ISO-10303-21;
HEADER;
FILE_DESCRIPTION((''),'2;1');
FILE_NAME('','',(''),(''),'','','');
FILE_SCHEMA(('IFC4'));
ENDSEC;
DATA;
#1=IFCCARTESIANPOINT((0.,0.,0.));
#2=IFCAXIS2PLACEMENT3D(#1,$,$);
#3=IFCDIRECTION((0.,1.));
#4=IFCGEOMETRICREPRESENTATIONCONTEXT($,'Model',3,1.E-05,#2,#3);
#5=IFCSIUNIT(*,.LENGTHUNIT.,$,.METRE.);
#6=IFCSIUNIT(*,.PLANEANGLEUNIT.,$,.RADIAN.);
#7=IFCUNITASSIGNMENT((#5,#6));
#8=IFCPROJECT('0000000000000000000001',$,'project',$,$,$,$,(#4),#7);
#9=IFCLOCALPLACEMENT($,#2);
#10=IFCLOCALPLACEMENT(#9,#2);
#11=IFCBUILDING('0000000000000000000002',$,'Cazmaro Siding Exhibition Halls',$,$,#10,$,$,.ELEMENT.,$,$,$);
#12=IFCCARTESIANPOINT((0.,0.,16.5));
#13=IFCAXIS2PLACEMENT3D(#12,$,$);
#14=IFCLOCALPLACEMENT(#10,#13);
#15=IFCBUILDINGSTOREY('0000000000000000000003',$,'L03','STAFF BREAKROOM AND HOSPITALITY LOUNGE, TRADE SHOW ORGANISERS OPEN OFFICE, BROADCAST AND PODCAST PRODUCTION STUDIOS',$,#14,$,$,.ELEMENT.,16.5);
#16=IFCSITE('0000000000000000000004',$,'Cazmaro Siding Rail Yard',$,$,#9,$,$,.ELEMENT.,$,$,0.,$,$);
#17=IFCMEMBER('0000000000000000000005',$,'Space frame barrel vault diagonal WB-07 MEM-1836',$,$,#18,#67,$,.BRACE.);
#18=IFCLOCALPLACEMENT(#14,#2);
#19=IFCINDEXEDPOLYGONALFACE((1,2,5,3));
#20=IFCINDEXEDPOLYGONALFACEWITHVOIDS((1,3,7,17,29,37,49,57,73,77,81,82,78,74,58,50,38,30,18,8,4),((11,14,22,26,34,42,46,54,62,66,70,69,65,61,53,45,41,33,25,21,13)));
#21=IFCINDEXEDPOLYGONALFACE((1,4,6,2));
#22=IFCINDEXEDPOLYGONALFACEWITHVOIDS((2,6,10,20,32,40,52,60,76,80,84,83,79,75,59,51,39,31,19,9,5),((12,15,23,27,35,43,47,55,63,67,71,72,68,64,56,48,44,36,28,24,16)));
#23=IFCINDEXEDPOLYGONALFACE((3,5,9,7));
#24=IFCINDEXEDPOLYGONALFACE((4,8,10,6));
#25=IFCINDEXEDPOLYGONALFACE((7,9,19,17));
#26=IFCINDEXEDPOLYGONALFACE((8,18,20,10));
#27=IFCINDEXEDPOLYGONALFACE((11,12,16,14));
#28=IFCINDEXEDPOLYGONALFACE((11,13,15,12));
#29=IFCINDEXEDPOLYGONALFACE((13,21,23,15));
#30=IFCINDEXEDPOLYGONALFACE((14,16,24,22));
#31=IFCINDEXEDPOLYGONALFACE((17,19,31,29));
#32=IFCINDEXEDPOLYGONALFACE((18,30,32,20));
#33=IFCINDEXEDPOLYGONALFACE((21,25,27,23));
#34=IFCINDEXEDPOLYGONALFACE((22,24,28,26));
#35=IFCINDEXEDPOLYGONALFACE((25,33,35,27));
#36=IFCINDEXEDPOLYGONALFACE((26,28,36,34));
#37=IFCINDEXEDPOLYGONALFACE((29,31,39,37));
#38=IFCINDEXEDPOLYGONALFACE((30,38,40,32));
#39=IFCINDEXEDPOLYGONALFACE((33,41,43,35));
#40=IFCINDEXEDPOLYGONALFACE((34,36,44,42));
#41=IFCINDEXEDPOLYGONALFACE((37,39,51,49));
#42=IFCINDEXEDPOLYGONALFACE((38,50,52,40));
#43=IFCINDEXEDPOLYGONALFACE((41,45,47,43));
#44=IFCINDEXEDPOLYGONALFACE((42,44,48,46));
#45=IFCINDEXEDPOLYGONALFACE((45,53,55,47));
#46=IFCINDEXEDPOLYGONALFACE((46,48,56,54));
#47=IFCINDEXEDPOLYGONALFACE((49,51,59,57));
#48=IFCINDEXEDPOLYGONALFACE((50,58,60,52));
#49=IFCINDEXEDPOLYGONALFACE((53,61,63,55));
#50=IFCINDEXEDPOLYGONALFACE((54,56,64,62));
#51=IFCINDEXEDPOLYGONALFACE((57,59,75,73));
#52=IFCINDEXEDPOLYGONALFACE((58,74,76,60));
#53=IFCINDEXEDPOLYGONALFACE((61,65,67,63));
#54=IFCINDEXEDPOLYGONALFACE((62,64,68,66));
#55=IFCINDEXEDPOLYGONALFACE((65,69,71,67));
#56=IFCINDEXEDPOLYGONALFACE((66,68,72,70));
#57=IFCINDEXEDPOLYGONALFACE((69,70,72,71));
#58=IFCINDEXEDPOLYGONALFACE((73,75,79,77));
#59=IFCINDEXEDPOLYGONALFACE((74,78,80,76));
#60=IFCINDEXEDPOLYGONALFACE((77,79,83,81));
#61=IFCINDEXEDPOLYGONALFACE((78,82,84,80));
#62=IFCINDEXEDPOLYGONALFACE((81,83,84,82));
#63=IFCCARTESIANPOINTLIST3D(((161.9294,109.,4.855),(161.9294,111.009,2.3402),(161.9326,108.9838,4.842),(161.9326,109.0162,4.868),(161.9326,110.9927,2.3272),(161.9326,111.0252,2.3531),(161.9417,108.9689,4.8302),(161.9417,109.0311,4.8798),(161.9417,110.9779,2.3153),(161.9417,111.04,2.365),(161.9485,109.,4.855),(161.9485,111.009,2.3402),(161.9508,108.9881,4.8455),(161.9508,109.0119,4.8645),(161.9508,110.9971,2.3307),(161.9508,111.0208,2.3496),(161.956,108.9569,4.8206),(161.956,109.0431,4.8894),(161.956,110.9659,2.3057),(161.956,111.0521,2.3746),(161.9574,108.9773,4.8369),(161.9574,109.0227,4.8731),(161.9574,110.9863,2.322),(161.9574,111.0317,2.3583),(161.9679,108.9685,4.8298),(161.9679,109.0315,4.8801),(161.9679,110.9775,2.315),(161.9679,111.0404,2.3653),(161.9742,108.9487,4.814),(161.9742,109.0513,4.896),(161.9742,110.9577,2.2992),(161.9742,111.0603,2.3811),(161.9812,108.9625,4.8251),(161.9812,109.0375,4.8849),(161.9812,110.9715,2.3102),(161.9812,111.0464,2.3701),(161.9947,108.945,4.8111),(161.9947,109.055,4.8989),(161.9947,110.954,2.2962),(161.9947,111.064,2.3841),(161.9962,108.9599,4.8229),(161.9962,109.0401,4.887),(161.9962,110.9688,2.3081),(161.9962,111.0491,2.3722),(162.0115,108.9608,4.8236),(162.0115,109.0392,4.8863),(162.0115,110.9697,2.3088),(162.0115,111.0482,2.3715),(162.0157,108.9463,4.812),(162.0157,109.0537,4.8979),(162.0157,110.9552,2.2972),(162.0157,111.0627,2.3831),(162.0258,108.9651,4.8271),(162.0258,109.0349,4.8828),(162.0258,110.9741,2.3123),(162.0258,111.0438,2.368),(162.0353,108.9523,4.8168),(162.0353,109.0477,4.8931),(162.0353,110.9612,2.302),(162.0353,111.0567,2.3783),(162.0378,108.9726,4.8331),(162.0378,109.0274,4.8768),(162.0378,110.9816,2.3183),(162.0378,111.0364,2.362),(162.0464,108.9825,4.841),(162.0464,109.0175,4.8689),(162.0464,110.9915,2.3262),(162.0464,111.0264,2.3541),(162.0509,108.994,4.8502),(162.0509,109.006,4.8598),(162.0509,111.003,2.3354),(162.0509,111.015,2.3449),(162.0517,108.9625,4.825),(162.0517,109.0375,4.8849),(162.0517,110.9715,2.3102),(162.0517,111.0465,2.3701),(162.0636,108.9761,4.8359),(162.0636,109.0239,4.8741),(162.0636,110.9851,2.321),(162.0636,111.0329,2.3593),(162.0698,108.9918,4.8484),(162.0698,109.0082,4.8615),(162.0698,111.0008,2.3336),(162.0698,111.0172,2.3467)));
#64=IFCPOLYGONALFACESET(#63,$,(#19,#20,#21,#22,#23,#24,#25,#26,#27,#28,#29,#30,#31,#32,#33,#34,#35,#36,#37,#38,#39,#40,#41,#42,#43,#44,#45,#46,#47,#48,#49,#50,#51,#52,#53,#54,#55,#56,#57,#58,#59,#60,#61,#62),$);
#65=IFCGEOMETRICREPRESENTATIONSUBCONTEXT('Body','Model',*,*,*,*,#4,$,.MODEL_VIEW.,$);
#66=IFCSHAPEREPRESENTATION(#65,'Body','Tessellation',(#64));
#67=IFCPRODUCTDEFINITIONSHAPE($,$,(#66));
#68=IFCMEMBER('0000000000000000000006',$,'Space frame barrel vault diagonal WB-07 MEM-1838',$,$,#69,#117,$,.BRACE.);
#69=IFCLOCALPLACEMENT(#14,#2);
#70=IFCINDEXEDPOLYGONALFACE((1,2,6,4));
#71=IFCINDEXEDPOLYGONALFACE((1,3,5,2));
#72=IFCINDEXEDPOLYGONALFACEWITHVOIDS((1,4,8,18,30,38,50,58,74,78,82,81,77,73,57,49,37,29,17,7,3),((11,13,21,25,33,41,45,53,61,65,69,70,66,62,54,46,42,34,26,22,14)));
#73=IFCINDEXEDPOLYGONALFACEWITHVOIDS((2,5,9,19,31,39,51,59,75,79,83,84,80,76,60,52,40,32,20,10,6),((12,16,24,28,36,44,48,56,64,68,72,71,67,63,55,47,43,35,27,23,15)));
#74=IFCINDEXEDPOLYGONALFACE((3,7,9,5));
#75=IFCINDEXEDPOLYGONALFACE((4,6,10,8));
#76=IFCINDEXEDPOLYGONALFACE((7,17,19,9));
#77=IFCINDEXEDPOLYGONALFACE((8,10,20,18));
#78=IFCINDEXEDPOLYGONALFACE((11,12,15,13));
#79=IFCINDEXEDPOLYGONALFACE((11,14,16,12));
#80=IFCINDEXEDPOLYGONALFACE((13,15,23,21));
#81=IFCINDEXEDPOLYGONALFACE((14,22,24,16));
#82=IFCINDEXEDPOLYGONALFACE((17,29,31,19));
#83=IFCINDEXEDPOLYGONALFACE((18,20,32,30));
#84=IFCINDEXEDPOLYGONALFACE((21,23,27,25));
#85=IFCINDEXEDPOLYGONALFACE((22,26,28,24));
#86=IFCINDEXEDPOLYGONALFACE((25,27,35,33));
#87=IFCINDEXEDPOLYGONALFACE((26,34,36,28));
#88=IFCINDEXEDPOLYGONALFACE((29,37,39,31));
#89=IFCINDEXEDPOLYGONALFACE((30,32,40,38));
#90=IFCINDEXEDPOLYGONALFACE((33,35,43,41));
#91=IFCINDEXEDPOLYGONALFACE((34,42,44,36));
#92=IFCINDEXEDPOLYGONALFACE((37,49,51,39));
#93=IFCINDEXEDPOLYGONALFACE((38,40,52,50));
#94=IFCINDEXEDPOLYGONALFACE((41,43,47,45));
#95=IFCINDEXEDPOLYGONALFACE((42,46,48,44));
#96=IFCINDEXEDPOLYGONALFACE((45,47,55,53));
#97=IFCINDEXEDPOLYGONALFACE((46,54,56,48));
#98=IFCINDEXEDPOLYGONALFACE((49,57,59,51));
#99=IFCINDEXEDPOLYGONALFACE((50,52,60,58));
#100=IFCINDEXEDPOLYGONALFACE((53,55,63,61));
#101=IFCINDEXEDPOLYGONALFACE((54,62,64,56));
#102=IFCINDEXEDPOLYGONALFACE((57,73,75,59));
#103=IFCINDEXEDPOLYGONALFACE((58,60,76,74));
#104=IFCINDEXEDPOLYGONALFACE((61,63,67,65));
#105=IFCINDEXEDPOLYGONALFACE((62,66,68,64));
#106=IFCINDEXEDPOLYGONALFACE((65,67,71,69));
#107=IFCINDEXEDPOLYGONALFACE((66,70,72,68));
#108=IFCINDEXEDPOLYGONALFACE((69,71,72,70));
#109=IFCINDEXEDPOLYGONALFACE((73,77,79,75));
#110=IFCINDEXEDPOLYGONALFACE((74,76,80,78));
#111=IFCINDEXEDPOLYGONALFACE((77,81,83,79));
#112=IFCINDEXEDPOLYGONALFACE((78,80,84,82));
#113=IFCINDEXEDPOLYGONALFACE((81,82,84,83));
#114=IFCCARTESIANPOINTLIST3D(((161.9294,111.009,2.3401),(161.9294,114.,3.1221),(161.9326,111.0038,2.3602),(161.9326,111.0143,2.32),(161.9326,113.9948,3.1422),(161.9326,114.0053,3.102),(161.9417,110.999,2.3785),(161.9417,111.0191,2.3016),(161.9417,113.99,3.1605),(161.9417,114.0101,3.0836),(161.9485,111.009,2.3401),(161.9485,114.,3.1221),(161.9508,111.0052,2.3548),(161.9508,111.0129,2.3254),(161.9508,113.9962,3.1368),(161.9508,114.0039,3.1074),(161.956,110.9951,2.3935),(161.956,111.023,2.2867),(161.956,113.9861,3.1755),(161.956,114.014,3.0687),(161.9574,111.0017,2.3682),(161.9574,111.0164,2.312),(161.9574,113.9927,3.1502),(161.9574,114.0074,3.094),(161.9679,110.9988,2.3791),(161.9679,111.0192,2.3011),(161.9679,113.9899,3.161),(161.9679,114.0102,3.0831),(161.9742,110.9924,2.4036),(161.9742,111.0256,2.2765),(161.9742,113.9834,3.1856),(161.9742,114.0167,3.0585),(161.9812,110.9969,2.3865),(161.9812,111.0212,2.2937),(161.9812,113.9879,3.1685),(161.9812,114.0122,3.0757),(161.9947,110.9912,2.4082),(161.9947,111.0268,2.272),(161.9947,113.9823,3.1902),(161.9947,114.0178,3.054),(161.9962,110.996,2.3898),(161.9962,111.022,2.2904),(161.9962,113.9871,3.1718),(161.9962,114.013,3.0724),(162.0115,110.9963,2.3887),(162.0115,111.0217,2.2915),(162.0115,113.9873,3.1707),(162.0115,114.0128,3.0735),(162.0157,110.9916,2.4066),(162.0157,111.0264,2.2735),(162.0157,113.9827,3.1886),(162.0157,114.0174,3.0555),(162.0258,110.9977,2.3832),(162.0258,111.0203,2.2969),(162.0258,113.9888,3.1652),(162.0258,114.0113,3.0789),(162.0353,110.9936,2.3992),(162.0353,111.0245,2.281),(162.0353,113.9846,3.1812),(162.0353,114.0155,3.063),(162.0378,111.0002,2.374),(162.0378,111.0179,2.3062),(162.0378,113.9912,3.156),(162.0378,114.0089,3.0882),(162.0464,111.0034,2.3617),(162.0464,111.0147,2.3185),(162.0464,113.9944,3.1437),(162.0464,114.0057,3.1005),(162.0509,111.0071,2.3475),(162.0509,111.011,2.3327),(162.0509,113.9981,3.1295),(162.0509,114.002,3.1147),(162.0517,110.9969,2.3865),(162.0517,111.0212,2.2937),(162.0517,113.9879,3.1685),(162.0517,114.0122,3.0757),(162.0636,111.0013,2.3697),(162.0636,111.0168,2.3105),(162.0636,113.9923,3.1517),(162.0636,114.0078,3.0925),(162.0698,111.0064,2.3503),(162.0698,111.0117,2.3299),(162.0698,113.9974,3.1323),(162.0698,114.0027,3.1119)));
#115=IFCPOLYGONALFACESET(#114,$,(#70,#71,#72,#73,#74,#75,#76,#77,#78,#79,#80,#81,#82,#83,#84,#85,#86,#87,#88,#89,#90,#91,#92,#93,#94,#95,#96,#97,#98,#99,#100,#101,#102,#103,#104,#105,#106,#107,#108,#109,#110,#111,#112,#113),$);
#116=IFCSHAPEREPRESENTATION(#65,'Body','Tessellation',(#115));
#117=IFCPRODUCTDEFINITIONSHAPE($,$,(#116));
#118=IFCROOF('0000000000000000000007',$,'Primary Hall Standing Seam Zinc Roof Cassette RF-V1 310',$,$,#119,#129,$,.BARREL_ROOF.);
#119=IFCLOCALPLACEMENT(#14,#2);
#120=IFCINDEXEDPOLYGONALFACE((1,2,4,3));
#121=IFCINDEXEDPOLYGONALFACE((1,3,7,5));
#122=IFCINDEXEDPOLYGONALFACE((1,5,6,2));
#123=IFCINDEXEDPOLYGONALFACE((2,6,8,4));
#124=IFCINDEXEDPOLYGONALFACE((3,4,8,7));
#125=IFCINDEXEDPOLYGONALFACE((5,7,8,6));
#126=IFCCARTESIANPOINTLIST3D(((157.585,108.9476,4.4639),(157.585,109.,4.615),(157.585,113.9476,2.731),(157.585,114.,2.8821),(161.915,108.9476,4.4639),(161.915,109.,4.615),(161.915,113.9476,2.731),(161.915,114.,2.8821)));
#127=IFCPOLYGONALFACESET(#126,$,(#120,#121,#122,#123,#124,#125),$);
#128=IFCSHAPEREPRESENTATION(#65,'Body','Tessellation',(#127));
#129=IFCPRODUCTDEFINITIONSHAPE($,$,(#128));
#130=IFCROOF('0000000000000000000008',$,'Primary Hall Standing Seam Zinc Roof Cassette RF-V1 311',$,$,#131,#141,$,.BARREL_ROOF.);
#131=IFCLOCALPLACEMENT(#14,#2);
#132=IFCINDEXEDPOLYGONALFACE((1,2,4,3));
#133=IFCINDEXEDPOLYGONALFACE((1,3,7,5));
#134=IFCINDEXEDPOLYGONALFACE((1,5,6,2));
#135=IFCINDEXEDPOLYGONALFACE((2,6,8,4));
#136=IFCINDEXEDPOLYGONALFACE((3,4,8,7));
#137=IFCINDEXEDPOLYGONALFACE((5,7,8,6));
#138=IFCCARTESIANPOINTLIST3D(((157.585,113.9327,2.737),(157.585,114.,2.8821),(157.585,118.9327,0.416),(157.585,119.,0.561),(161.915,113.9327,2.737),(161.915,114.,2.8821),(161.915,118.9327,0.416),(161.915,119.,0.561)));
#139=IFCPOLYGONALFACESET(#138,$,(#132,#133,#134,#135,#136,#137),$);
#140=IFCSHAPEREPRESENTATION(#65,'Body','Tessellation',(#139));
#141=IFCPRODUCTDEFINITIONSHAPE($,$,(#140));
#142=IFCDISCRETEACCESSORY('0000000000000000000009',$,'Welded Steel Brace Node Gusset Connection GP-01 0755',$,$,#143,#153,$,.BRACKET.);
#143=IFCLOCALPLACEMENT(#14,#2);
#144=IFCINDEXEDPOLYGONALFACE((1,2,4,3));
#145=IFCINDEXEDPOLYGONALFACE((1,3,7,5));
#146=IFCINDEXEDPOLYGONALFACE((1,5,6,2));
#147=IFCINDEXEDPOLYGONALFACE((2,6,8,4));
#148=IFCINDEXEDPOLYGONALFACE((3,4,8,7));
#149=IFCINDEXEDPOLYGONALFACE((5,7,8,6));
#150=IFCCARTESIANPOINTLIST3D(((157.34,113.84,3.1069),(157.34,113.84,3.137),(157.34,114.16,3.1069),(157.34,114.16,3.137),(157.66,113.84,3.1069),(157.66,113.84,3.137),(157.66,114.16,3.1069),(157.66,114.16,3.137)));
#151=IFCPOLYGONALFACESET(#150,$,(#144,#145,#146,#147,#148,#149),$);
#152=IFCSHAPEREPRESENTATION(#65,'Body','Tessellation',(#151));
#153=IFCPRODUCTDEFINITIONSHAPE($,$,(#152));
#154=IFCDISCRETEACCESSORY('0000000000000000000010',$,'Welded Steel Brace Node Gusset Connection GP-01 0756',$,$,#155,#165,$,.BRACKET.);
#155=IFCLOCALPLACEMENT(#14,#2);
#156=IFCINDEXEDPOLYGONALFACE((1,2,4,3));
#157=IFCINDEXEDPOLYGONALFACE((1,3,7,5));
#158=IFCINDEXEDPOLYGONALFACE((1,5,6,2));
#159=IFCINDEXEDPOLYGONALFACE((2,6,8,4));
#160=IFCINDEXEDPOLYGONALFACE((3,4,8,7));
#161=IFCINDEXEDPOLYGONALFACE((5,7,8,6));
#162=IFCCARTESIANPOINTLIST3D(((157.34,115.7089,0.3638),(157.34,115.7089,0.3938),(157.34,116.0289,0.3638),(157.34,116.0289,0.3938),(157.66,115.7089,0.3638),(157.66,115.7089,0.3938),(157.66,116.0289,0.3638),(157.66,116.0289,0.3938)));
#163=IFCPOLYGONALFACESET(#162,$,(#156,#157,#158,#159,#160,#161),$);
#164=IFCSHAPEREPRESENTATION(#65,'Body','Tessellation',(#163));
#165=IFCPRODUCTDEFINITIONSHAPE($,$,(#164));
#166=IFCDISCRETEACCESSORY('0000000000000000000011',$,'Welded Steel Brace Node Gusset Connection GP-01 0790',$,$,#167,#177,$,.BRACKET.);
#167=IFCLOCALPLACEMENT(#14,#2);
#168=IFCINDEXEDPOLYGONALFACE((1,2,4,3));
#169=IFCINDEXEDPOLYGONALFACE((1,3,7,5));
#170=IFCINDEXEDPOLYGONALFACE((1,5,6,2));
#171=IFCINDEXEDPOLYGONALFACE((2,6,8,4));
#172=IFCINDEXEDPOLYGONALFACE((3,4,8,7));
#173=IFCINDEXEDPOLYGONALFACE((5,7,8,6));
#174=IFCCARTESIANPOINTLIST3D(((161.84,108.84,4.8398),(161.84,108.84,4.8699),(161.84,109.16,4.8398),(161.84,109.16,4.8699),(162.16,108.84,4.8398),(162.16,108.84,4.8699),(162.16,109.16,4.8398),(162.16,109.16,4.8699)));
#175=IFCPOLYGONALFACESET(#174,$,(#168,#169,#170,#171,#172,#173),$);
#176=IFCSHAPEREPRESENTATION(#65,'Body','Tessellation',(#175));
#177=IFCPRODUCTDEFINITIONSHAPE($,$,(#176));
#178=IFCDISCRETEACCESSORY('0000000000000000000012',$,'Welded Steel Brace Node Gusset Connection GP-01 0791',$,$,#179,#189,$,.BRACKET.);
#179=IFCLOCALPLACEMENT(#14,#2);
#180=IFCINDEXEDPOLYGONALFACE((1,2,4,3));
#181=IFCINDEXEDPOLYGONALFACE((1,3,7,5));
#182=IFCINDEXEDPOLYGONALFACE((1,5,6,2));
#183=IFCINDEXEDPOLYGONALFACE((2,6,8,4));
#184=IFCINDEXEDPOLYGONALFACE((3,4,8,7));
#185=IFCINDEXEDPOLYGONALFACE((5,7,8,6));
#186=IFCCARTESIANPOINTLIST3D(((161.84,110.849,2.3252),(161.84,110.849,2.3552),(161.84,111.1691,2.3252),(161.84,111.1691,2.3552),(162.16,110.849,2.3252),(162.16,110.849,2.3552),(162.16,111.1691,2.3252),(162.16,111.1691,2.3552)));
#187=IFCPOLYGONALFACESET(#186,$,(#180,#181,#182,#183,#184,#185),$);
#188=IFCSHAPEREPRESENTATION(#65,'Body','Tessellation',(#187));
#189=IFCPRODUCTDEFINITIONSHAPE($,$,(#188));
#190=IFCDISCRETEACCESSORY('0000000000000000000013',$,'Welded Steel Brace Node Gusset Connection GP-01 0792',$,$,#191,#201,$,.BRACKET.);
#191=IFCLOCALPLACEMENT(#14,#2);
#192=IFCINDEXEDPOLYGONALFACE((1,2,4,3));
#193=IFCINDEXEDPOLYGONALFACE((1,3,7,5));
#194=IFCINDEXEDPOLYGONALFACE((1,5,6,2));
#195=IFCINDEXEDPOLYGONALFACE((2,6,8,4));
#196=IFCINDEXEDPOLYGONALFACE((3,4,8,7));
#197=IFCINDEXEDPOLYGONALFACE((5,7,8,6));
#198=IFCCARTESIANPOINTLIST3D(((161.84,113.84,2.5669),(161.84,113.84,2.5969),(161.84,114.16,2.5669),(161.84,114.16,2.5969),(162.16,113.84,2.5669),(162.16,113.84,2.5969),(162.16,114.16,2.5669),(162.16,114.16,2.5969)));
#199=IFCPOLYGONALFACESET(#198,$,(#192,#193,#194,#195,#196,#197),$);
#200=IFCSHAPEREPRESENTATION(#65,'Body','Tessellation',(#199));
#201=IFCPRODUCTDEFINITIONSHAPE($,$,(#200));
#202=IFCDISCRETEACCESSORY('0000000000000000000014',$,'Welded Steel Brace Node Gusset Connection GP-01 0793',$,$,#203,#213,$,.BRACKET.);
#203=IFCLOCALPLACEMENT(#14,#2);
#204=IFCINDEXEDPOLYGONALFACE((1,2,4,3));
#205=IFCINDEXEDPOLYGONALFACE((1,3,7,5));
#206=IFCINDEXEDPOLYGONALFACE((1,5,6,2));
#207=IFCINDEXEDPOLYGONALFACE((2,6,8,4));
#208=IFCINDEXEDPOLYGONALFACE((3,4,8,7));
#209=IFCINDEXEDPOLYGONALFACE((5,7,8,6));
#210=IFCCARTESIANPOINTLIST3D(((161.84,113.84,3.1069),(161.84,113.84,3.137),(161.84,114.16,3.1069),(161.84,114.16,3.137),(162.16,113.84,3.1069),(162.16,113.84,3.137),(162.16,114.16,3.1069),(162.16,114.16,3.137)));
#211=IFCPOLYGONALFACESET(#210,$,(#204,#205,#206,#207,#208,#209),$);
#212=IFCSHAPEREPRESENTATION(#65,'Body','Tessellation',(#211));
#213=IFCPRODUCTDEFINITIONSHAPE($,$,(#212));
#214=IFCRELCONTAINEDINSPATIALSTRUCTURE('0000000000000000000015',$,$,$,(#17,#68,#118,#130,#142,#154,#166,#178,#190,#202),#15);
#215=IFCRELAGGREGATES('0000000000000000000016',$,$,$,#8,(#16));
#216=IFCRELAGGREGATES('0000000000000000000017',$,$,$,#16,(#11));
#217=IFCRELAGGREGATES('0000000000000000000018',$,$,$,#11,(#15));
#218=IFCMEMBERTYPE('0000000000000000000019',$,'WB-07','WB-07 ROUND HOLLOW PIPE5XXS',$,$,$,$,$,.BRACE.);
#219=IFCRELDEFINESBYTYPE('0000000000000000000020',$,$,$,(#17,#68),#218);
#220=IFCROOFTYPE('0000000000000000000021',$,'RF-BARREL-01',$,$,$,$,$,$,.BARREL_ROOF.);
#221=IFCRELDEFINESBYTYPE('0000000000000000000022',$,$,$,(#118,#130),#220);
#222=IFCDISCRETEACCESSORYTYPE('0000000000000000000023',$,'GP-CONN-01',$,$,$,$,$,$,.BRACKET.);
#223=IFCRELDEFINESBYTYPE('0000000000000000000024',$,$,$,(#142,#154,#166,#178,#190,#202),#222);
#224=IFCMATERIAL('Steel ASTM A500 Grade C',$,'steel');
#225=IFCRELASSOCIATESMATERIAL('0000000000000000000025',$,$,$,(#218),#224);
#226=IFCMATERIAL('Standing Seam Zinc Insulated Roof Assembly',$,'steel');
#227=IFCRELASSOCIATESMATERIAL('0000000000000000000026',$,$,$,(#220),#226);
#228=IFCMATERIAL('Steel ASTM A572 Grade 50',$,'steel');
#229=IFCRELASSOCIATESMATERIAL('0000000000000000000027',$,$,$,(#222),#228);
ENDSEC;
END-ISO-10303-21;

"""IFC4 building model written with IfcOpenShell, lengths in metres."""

from ifc_helpers import new_model, si_unit, direction, frame, origin, origin_2d, place, context, subcontext, project, spatial, polyline, rectangle, hollow_circle, outline, extrude, material, material_profile, profile_set, type_object, element, save


model = new_model("IFC4")

# Units and contexts
model_context = context("Model", 3, precision=1e-05, world=origin(), true_north=direction((0.0, 1.0)))
body_context = subcontext(model_context, "Body", "Model", "MODEL_VIEW")
ifc_project = project(units=[si_unit("LENGTHUNIT", "METRE"), si_unit("PLANEANGLEUNIT", "RADIAN")], contexts=[model_context])

# Site, building, storey
site_placement = place(None, origin())
site = spatial("IfcSite", under=ifc_project, at=site_placement, Name="Cazmaro Siding Rail Yard", CompositionType="ELEMENT", RefElevation=0.0)
building_placement = place(site_placement, origin())
building = spatial("IfcBuilding", under=site, at=building_placement, Name="Cazmaro Siding Exhibition Halls", CompositionType="ELEMENT")
storey_placement = place(building_placement, frame((0.0, 0.0, 16.5)))
storey = spatial("IfcBuildingStorey", under=building, at=storey_placement, Name="L03", Description="STAFF BREAKROOM AND HOSPITALITY LOUNGE, TRADE SHOW ORGANISERS OPEN OFFICE, BROADCAST AND PODCAST PRODUCTION STUDIOS", CompositionType="ELEMENT", Elevation=16.5)

# Members
ifc_material_1 = material(Name="Steel ASTM A500 Grade C", Category="steel")
ifc_material_profile_1 = material_profile(ifc_material_1, hollow_circle(Radius=0.0706, WallThickness=0.019, at=origin_2d()), Name="PIPE5XXS")
ifc_profile_set_1 = profile_set([ifc_material_profile_1], Name="Steel ASTM A500 Grade C")
member_type_1 = type_object("IfcMemberType", Name="WB-07", Description="WB-07 ROUND HOLLOW PIPE5XXS", PredefinedType="BRACE", material=ifc_profile_set_1)
member_1_placement = place(storey_placement, frame((162.0, 109.0, 4.855), z_axis=(0.0, 0.624149, -0.781305), x_axis=(-1.0, 0.0, 0.0)))
element("IfcMember", 1, at=member_1_placement, inside=storey, type_object=member_type_1, Name="Space frame barrel vault diagonal WB-07 MEM-1836", PredefinedType="BRACE", context=body_context, shape_type="SweptSolid", body=[
    extrude(hollow_circle(Radius=0.0706, WallThickness=0.019, at=origin_2d()), origin(), (0.0, 0.0, 1.0), 3.2188),
])
member_2_placement = place(storey_placement, frame((162.0, 111.009, 2.3401), z_axis=(0.0, 0.96748, 0.252946), x_axis=(-1.0, 0.0, 0.0)))
element("IfcMember", 2, at=member_2_placement, inside=storey, type_object=member_type_1, Name="Space frame barrel vault diagonal WB-07 MEM-1838", PredefinedType="BRACE", context=body_context, shape_type="SweptSolid", body=[
    extrude(hollow_circle(Radius=0.0706, WallThickness=0.019, at=origin_2d()), origin(), (0.0, 0.0, 1.0), 3.0916),
])

# Roofs
ifc_material_2 = material(Name="Standing Seam Zinc Insulated Roof Assembly", Category="steel")
roof_type = type_object("IfcRoofType", Name="RF-BARREL-01", PredefinedType="BARREL_ROOF", material=ifc_material_2)
roof_1_placement = place(storey_placement, frame((157.585, 109.0, 4.615), z_axis=(0.0, 0.327472, 0.944861), x_axis=(1.0, 0.0, 0.0)))
element("IfcRoof", 3, at=roof_1_placement, inside=storey, type_object=roof_type, Name="Primary Hall Standing Seam Zinc Roof Cassette RF-V1 310", PredefinedType="BARREL_ROOF", context=body_context, shape_type="SweptSolid", body=[
    extrude(outline(polyline([(0.0, 0.0), (4.3301, 0.0), (4.3301, 5.2918), (0.0, 5.2918), (0.0, 0.0)])), origin(), (0.0, 0.0, -1.0), 0.1599),
])
roof_2_placement = place(storey_placement, frame((157.585, 114.0, 2.8821), z_axis=(0.0, 0.421054, 0.907036), x_axis=(1.0, 0.0, 0.0)))
element("IfcRoof", 4, at=roof_2_placement, inside=storey, type_object=roof_type, Name="Primary Hall Standing Seam Zinc Roof Cassette RF-V1 311", PredefinedType="BARREL_ROOF", context=body_context, shape_type="SweptSolid", body=[
    extrude(outline(polyline([(0.0, 0.0), (4.3301, 0.0), (4.3301, 5.5125), (0.0, 5.5125), (0.0, 0.0)])), origin(), (0.0, 0.0, -1.0), 0.1599),
])

# Discrete accessories
ifc_material_3 = material(Name="Steel ASTM A572 Grade 50", Category="steel")
discrete_accessory_type = type_object("IfcDiscreteAccessoryType", Name="GP-CONN-01", PredefinedType="BRACKET", material=ifc_material_3)
for number, where, z_axis, x_axis, name in (
    (5, (157.5, 114.0, 3.1069), (0.0, 0.0, 1.0), (1.0, 0.0, 0.0), "Welded Steel Brace Node Gusset Connection GP-01 0755"),
    (6, (157.5, 115.8689, 0.3638), (0.0, 0.0, 1.0), (1.0, 0.0, 0.0), "Welded Steel Brace Node Gusset Connection GP-01 0756"),
    (7, (162.0, 109.0, 4.8398), (0.0, 0.0, 1.0), (1.0, 0.0, 0.0), "Welded Steel Brace Node Gusset Connection GP-01 0790"),
    (8, (162.0, 111.009, 2.3252), (0.0, 0.0, 1.0), (1.0, 0.0, 0.0), "Welded Steel Brace Node Gusset Connection GP-01 0791"),
    (9, (162.0, 114.0, 2.5669), (0.0, 0.0, 1.0), (1.0, 0.0, 0.0), "Welded Steel Brace Node Gusset Connection GP-01 0792"),
    (10, (162.0, 114.0, 3.1069), (0.0, 0.0, 1.0), (1.0, 0.0, 0.0), "Welded Steel Brace Node Gusset Connection GP-01 0793"),
):
    element("IfcDiscreteAccessory", number, at=place(storey_placement, frame(where, z_axis=z_axis, x_axis=x_axis)), inside=storey, type_object=discrete_accessory_type, Name=name, PredefinedType="BRACKET", context=body_context, shape_type="SweptSolid", body=[
        extrude(rectangle(XDim=0.3201, YDim=0.3201, at=origin_2d()), origin(), (0.0, 0.0, 1.0), 0.03),
    ])

save(model, "model.ifc")
